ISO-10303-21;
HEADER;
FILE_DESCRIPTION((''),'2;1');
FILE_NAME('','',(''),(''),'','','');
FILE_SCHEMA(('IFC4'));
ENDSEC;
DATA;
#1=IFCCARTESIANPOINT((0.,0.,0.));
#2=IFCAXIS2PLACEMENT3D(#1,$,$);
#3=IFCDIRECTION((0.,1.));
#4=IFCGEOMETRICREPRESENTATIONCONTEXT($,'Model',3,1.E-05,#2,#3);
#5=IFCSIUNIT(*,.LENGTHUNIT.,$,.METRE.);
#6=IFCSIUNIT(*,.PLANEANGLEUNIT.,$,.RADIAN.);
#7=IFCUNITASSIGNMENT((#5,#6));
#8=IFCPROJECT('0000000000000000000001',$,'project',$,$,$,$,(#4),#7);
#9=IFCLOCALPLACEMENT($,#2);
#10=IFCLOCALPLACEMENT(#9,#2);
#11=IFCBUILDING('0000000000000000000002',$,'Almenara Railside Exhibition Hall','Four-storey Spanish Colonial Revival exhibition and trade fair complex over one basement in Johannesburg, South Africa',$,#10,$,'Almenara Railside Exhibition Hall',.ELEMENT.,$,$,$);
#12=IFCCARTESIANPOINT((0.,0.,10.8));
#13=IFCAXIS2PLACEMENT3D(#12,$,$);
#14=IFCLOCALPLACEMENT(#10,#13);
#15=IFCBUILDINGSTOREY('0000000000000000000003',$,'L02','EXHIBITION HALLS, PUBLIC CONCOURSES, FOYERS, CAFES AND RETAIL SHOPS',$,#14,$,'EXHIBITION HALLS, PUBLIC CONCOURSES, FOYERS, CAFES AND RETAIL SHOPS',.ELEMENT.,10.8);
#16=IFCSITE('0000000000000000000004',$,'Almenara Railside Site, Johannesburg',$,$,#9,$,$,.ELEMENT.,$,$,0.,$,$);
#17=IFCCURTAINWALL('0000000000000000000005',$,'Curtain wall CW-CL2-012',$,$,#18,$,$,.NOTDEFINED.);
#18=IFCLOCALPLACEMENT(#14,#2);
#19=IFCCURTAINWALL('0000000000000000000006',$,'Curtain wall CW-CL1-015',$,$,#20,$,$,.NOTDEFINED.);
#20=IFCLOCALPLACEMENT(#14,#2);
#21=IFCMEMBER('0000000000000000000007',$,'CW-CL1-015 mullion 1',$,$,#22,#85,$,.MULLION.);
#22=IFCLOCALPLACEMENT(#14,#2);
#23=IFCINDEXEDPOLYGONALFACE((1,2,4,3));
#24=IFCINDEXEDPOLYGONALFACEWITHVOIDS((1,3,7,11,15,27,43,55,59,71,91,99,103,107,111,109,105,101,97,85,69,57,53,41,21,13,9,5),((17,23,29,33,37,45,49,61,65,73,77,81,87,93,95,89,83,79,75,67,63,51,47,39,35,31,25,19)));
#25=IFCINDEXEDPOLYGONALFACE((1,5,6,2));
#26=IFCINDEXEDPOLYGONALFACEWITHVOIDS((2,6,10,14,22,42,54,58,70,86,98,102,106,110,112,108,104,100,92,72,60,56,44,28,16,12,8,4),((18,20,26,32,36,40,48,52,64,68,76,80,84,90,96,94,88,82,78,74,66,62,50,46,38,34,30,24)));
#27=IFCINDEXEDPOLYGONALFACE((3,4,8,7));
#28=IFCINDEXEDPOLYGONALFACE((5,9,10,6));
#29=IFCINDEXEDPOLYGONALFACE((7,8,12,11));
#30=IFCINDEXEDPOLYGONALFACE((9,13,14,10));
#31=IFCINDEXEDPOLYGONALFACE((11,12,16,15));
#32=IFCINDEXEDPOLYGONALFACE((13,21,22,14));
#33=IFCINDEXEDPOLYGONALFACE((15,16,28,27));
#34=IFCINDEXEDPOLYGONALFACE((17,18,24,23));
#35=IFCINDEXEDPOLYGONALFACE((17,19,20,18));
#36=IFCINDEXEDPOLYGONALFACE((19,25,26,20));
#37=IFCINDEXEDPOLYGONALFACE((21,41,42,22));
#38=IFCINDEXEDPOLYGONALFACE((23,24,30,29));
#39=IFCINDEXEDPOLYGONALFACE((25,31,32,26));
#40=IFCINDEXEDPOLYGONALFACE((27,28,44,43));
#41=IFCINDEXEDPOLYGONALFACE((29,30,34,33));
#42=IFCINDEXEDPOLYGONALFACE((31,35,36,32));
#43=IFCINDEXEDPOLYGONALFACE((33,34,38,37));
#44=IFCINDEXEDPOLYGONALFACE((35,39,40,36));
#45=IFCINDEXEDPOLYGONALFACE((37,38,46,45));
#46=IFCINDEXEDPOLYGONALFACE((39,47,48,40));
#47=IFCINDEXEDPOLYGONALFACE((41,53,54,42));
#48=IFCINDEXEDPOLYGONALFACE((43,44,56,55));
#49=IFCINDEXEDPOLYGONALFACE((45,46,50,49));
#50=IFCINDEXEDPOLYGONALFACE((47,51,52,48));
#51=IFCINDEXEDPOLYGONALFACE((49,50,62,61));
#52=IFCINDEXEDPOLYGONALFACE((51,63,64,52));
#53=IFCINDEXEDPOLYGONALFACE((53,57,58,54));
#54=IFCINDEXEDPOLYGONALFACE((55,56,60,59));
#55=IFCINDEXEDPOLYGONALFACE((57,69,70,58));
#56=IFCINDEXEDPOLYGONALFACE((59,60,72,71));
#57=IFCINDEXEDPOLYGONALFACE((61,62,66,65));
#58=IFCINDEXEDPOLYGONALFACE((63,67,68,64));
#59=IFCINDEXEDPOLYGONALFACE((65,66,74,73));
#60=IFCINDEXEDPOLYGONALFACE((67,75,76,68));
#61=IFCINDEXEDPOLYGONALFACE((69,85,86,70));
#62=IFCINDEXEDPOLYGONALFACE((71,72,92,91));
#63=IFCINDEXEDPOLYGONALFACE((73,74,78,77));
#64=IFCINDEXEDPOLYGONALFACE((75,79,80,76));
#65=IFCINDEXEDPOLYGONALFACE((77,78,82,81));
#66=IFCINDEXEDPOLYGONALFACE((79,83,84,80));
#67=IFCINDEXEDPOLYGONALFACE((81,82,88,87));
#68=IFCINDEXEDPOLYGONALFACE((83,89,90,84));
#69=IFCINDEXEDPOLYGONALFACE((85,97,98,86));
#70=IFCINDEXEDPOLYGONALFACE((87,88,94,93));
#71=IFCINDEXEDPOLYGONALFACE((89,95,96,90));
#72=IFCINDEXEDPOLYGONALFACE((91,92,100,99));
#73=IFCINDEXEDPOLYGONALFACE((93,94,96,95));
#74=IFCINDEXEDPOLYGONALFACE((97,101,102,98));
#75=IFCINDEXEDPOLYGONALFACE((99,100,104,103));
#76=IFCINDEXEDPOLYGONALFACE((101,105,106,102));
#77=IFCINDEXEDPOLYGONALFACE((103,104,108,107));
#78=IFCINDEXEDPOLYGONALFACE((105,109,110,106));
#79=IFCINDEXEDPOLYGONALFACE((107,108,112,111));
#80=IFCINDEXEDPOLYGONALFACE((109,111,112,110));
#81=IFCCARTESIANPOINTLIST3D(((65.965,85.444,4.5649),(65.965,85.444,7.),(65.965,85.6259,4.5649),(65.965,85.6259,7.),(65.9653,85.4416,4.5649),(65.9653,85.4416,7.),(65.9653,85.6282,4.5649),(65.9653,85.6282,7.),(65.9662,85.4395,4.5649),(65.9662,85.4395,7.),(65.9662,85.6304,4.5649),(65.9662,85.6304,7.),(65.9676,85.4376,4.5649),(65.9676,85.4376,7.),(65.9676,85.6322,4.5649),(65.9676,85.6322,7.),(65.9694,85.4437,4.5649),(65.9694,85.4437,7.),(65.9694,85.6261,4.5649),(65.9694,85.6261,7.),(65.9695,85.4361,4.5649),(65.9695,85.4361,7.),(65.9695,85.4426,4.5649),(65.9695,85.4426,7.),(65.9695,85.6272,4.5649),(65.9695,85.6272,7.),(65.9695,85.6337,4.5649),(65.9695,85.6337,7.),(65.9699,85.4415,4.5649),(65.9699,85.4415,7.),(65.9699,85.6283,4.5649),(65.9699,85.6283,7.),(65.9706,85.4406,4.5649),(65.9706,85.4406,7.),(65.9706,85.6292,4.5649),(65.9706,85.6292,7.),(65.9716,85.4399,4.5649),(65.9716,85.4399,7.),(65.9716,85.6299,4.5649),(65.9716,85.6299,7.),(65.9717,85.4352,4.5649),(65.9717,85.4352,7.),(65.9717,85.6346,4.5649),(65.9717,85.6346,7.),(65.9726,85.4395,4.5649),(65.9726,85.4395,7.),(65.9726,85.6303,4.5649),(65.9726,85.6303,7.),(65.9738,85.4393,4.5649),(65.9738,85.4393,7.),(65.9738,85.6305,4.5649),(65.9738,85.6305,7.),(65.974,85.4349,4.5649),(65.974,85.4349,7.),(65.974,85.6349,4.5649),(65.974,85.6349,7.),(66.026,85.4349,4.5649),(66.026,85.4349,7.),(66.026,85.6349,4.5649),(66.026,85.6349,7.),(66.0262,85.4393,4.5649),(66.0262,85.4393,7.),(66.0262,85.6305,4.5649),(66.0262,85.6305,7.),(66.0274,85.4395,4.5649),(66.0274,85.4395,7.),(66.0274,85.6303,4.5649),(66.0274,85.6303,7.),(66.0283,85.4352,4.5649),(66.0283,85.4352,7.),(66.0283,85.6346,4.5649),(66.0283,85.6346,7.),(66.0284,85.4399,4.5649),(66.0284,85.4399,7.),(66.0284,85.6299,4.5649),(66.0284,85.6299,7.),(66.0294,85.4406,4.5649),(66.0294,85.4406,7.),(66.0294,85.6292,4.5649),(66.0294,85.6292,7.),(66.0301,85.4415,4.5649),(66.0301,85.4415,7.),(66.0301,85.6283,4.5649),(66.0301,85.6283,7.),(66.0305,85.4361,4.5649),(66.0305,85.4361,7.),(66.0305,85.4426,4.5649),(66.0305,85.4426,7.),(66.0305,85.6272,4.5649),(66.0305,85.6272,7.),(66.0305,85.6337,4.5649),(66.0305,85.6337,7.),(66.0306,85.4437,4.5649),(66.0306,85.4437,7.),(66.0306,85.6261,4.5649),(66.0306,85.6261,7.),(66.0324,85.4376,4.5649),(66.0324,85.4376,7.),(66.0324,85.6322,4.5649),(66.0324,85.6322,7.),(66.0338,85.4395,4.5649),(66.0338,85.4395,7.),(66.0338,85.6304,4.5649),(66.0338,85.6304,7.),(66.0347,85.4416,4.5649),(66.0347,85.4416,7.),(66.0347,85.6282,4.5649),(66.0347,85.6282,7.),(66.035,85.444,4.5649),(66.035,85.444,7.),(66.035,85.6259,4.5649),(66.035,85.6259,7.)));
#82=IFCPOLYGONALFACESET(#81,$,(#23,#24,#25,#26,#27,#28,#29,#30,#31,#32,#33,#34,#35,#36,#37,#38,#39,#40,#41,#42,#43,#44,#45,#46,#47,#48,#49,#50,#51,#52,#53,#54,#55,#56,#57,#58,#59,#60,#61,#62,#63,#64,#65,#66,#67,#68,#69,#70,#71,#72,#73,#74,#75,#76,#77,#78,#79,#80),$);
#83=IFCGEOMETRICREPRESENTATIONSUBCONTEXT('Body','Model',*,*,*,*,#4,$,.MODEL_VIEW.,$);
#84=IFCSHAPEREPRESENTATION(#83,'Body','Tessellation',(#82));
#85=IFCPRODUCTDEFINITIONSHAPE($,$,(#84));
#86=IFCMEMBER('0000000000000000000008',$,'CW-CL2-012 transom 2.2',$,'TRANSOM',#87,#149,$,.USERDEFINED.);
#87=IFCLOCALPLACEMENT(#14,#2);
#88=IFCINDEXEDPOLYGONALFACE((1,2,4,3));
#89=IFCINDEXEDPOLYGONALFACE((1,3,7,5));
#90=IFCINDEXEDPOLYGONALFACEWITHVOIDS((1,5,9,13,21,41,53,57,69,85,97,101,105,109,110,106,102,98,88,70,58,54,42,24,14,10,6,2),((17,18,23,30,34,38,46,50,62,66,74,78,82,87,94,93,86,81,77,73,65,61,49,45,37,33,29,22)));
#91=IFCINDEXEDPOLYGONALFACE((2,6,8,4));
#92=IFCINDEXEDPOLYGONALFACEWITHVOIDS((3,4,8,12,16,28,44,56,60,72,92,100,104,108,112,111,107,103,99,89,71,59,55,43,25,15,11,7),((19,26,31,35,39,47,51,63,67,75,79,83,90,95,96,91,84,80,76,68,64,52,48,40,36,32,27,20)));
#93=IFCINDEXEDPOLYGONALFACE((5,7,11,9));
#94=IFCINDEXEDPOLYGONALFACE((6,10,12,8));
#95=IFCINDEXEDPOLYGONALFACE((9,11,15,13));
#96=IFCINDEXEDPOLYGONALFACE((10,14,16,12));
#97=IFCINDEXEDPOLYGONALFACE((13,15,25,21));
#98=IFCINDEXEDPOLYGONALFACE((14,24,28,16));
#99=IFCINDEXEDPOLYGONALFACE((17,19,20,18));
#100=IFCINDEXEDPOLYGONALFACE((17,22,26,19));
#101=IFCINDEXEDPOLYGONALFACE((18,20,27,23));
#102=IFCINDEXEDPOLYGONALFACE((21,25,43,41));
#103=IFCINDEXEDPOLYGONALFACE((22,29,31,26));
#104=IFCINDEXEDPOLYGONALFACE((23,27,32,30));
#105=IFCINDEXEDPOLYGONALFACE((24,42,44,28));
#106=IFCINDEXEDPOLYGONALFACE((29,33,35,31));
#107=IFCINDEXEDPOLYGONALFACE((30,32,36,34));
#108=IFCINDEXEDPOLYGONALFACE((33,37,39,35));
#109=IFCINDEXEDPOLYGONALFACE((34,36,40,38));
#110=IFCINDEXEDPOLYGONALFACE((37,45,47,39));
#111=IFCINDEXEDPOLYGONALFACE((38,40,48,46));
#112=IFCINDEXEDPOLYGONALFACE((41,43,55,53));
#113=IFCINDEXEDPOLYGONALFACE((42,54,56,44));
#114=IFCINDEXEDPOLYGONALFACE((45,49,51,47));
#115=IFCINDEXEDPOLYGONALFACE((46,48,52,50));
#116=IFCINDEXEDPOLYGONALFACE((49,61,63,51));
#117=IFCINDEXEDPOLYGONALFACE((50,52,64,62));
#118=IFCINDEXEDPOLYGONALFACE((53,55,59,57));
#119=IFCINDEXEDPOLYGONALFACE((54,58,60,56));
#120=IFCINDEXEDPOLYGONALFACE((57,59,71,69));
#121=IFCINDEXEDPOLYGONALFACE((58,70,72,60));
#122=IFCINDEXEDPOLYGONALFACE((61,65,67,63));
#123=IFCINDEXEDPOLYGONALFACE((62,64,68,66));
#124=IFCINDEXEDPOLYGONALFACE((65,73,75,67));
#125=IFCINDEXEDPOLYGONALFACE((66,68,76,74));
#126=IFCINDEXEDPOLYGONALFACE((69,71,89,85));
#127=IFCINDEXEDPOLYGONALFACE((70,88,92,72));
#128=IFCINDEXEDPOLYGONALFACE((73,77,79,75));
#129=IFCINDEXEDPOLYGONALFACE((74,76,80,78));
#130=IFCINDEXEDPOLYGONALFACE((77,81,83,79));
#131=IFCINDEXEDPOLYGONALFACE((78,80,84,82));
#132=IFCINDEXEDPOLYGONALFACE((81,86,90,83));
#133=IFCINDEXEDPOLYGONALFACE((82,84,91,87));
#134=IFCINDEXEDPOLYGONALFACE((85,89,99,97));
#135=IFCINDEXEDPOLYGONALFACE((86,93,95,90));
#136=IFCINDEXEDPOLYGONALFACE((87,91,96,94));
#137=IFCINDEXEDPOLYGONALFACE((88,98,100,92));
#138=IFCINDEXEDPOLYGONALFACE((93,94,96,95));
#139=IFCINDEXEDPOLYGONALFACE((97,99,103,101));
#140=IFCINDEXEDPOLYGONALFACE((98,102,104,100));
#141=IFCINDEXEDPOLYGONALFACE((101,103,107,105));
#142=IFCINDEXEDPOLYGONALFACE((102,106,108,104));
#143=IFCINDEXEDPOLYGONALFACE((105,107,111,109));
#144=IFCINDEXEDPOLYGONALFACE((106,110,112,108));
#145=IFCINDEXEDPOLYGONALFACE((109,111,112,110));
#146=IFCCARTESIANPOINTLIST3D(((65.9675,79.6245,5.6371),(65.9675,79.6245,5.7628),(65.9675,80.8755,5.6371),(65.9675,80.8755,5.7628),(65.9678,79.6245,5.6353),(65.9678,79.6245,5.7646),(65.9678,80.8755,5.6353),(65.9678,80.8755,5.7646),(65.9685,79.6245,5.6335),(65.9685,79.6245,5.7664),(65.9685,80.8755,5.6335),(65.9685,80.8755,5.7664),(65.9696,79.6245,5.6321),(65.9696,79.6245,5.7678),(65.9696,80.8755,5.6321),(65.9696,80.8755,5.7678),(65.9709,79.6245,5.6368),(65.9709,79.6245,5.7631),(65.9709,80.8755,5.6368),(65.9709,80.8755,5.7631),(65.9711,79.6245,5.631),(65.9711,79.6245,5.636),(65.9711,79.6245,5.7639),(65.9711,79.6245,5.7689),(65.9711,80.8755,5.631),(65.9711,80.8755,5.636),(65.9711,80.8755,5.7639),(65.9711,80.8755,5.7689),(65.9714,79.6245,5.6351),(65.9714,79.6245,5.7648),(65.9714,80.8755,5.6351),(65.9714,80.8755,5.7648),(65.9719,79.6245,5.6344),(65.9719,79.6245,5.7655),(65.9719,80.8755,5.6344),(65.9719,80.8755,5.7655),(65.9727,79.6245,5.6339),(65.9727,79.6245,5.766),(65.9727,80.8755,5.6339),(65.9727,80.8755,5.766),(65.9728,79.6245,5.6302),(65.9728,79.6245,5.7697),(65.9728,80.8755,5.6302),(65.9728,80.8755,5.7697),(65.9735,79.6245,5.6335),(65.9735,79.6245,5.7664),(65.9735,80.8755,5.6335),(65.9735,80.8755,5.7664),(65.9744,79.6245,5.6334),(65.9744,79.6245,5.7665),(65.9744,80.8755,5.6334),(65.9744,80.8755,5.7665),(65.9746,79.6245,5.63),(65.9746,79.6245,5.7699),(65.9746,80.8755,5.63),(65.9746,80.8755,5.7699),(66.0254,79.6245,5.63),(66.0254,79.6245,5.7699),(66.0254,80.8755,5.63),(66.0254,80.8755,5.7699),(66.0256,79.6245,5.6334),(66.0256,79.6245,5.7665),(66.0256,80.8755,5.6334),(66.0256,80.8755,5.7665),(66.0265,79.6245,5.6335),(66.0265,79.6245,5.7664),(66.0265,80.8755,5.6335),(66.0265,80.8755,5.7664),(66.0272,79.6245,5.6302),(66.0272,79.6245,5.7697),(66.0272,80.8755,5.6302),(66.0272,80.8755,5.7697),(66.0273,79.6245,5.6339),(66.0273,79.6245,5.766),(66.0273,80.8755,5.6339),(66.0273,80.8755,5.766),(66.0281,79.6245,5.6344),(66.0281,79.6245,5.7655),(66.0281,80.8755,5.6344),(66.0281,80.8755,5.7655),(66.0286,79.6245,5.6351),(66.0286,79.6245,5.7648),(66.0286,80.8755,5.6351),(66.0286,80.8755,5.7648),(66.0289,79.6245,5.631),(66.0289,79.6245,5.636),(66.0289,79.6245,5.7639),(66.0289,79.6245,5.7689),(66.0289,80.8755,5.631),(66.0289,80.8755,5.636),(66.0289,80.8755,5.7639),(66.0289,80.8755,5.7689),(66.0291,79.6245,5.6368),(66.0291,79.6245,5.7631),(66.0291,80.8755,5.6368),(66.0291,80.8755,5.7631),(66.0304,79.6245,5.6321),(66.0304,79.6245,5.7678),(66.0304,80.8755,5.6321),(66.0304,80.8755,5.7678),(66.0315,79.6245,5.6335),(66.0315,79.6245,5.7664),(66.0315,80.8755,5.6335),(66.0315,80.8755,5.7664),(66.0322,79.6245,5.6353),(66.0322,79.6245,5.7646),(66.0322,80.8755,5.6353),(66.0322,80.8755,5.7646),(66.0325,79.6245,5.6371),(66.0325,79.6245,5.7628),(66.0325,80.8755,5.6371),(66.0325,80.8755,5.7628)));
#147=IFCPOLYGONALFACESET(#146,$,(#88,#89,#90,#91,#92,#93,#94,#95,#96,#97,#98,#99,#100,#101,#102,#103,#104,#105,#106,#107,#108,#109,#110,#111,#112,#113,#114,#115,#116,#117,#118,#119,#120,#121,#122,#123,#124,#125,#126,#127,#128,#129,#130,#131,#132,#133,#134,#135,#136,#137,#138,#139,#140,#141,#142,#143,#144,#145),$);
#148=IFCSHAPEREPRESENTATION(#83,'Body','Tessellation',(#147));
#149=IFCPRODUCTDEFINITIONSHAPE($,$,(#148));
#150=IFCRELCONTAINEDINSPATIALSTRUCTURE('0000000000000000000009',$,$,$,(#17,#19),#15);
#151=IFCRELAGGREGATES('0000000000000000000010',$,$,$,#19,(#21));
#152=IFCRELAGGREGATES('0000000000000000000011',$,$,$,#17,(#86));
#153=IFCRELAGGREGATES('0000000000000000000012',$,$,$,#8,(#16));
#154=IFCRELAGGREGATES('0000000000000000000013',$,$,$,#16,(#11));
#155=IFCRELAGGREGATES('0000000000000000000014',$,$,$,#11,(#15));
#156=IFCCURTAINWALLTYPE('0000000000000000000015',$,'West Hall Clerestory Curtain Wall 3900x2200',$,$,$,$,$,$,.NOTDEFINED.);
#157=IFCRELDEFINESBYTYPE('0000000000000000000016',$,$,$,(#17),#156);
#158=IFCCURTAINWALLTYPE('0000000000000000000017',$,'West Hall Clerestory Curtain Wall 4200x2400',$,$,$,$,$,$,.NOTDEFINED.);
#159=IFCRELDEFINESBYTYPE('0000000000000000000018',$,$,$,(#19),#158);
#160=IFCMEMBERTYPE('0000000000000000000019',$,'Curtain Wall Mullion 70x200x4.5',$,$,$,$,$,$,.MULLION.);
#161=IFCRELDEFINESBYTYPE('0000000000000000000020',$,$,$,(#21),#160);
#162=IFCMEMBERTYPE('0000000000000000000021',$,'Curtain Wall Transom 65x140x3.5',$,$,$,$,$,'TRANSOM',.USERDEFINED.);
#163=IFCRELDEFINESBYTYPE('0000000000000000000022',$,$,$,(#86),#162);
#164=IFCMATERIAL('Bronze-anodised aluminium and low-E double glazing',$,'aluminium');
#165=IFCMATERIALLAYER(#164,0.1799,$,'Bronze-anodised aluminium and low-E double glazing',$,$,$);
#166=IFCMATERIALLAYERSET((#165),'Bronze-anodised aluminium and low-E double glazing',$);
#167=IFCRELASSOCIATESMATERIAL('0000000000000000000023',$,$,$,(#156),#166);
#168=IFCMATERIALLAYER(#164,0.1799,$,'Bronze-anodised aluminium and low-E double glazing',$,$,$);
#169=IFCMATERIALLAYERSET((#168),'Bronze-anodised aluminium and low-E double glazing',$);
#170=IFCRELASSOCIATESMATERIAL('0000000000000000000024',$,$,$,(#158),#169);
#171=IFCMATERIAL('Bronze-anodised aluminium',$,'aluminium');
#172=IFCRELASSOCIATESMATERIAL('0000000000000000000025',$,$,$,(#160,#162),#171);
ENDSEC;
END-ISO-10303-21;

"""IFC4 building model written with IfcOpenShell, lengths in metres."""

from ifc_helpers import new_model, si_unit, direction, frame, origin, origin_2d, place, context, subcontext, project, spatial, hollow_rectangle, extrude, material, layer, layer_set, material_profile, profile_set, type_object, element, aggregate, save


model = new_model("IFC4")

# Units and contexts
model_context = context("Model", 3, precision=1e-05, world=origin(), true_north=direction((0.0, 1.0)))
body_context = subcontext(model_context, "Body", "Model", "MODEL_VIEW")
ifc_project = project(units=[si_unit("LENGTHUNIT", "METRE"), si_unit("PLANEANGLEUNIT", "RADIAN")], contexts=[model_context])

# Site, building, storey
site_placement = place(None, origin())
site = spatial("IfcSite", under=ifc_project, at=site_placement, Name="Almenara Railside Site, Johannesburg", CompositionType="ELEMENT", RefElevation=0.0)
building_placement = place(site_placement, origin())
building = spatial("IfcBuilding", under=site, at=building_placement, Name="Almenara Railside Exhibition Hall", Description="Four-storey Spanish Colonial Revival exhibition and trade fair complex over one basement in Johannesburg, South Africa", LongName="Almenara Railside Exhibition Hall", CompositionType="ELEMENT")
storey_placement = place(building_placement, frame((0.0, 0.0, 10.8)))
storey = spatial("IfcBuildingStorey", under=building, at=storey_placement, Name="L02", Description="EXHIBITION HALLS, PUBLIC CONCOURSES, FOYERS, CAFES AND RETAIL SHOPS", LongName="EXHIBITION HALLS, PUBLIC CONCOURSES, FOYERS, CAFES AND RETAIL SHOPS", CompositionType="ELEMENT", Elevation=10.8)

# Curtain wall
ifc_material_1 = material(Name="Bronze-anodised aluminium and low-E double glazing", Category="aluminium")
ifc_layer_1 = layer(ifc_material_1, 0.1799, Name="Bronze-anodised aluminium and low-E double glazing")
ifc_layer_set_1 = layer_set([ifc_layer_1], Name="Bronze-anodised aluminium and low-E double glazing")
curtain_wall_type_1 = type_object("IfcCurtainWallType", Name="West Hall Clerestory Curtain Wall 3900x2200", PredefinedType="NOTDEFINED", material=ifc_layer_set_1)
curtain_wall_1_placement = place(storey_placement, origin())
curtain_wall_1 = element("IfcCurtainWall", 1, at=curtain_wall_1_placement, inside=storey, type_object=curtain_wall_type_1, Name="Curtain wall CW-CL2-012", PredefinedType="NOTDEFINED")
ifc_material_2 = material(Name="Bronze-anodised aluminium", Category="aluminium")

# Curtain wall, member
ifc_layer_2 = layer(ifc_material_1, 0.1799, Name="Bronze-anodised aluminium and low-E double glazing")
ifc_layer_set_2 = layer_set([ifc_layer_2], Name="Bronze-anodised aluminium and low-E double glazing")
curtain_wall_type_2 = type_object("IfcCurtainWallType", Name="West Hall Clerestory Curtain Wall 4200x2400", PredefinedType="NOTDEFINED", material=ifc_layer_set_2)
curtain_wall_2_placement = place(storey_placement, origin())
curtain_wall_2 = element("IfcCurtainWall", 2, at=curtain_wall_2_placement, inside=storey, type_object=curtain_wall_type_2, Name="Curtain wall CW-CL1-015", PredefinedType="NOTDEFINED")
ifc_material_profile_1 = material_profile(ifc_material_2, hollow_rectangle(XDim=0.0701, YDim=0.2, WallThickness=0.0044, InnerFilletRadius=0.0044, OuterFilletRadius=0.009, at=origin_2d()), Name="ALU-MUL 70x200x4.5")
ifc_profile_set_1 = profile_set([ifc_material_profile_1], Name="Bronze-anodised aluminium")
member_type_1 = type_object("IfcMemberType", Name="Curtain Wall Mullion 70x200x4.5", PredefinedType="MULLION", material=ifc_profile_set_1)
member_1_placement = place(storey_placement, frame((66.0, 85.5349, 4.5649), z_axis=(0.0, 0.0, 1.0), x_axis=(-1.0, 0.0, 0.0)))
member_1 = element("IfcMember", 3, at=member_1_placement, type_object=member_type_1, Name="CW-CL1-015 mullion 1", PredefinedType="MULLION", context=body_context, shape_type="SweptSolid", body=[
    extrude(hollow_rectangle(XDim=0.0701, YDim=0.2, WallThickness=0.0044, InnerFilletRadius=0.0044, OuterFilletRadius=0.009, at=origin_2d()), origin(), (0.0, 0.0, 1.0), 2.4351),
])

# Member
ifc_material_profile_2 = material_profile(ifc_material_2, hollow_rectangle(XDim=0.0649, YDim=0.1399, WallThickness=0.0034, InnerFilletRadius=0.0034, OuterFilletRadius=0.0071, at=origin_2d()), Name="ALU-TRN 65x140x3.5")
ifc_profile_set_2 = profile_set([ifc_material_profile_2], Name="Bronze-anodised aluminium")
member_type_2 = type_object("IfcMemberType", Name="Curtain Wall Transom 65x140x3.5", ElementType="TRANSOM", PredefinedType="USERDEFINED", material=ifc_profile_set_2)
member_2_placement = place(storey_placement, frame((66.0, 79.6245, 5.7), z_axis=(0.0, 1.0, 0.0), x_axis=(-1.0, 0.0, 0.0)))
member_2 = element("IfcMember", 4, at=member_2_placement, type_object=member_type_2, Name="CW-CL2-012 transom 2.2", ObjectType="TRANSOM", PredefinedType="USERDEFINED", context=body_context, shape_type="SweptSolid", body=[
    extrude(hollow_rectangle(XDim=0.0649, YDim=0.1399, WallThickness=0.0034, InnerFilletRadius=0.0034, OuterFilletRadius=0.0071, at=origin_2d()), origin(), (0.0, 0.0, 1.0), 1.251),
])

aggregate(curtain_wall_2, [member_1])
aggregate(curtain_wall_1, [member_2])

save(model, "model.ifc")
